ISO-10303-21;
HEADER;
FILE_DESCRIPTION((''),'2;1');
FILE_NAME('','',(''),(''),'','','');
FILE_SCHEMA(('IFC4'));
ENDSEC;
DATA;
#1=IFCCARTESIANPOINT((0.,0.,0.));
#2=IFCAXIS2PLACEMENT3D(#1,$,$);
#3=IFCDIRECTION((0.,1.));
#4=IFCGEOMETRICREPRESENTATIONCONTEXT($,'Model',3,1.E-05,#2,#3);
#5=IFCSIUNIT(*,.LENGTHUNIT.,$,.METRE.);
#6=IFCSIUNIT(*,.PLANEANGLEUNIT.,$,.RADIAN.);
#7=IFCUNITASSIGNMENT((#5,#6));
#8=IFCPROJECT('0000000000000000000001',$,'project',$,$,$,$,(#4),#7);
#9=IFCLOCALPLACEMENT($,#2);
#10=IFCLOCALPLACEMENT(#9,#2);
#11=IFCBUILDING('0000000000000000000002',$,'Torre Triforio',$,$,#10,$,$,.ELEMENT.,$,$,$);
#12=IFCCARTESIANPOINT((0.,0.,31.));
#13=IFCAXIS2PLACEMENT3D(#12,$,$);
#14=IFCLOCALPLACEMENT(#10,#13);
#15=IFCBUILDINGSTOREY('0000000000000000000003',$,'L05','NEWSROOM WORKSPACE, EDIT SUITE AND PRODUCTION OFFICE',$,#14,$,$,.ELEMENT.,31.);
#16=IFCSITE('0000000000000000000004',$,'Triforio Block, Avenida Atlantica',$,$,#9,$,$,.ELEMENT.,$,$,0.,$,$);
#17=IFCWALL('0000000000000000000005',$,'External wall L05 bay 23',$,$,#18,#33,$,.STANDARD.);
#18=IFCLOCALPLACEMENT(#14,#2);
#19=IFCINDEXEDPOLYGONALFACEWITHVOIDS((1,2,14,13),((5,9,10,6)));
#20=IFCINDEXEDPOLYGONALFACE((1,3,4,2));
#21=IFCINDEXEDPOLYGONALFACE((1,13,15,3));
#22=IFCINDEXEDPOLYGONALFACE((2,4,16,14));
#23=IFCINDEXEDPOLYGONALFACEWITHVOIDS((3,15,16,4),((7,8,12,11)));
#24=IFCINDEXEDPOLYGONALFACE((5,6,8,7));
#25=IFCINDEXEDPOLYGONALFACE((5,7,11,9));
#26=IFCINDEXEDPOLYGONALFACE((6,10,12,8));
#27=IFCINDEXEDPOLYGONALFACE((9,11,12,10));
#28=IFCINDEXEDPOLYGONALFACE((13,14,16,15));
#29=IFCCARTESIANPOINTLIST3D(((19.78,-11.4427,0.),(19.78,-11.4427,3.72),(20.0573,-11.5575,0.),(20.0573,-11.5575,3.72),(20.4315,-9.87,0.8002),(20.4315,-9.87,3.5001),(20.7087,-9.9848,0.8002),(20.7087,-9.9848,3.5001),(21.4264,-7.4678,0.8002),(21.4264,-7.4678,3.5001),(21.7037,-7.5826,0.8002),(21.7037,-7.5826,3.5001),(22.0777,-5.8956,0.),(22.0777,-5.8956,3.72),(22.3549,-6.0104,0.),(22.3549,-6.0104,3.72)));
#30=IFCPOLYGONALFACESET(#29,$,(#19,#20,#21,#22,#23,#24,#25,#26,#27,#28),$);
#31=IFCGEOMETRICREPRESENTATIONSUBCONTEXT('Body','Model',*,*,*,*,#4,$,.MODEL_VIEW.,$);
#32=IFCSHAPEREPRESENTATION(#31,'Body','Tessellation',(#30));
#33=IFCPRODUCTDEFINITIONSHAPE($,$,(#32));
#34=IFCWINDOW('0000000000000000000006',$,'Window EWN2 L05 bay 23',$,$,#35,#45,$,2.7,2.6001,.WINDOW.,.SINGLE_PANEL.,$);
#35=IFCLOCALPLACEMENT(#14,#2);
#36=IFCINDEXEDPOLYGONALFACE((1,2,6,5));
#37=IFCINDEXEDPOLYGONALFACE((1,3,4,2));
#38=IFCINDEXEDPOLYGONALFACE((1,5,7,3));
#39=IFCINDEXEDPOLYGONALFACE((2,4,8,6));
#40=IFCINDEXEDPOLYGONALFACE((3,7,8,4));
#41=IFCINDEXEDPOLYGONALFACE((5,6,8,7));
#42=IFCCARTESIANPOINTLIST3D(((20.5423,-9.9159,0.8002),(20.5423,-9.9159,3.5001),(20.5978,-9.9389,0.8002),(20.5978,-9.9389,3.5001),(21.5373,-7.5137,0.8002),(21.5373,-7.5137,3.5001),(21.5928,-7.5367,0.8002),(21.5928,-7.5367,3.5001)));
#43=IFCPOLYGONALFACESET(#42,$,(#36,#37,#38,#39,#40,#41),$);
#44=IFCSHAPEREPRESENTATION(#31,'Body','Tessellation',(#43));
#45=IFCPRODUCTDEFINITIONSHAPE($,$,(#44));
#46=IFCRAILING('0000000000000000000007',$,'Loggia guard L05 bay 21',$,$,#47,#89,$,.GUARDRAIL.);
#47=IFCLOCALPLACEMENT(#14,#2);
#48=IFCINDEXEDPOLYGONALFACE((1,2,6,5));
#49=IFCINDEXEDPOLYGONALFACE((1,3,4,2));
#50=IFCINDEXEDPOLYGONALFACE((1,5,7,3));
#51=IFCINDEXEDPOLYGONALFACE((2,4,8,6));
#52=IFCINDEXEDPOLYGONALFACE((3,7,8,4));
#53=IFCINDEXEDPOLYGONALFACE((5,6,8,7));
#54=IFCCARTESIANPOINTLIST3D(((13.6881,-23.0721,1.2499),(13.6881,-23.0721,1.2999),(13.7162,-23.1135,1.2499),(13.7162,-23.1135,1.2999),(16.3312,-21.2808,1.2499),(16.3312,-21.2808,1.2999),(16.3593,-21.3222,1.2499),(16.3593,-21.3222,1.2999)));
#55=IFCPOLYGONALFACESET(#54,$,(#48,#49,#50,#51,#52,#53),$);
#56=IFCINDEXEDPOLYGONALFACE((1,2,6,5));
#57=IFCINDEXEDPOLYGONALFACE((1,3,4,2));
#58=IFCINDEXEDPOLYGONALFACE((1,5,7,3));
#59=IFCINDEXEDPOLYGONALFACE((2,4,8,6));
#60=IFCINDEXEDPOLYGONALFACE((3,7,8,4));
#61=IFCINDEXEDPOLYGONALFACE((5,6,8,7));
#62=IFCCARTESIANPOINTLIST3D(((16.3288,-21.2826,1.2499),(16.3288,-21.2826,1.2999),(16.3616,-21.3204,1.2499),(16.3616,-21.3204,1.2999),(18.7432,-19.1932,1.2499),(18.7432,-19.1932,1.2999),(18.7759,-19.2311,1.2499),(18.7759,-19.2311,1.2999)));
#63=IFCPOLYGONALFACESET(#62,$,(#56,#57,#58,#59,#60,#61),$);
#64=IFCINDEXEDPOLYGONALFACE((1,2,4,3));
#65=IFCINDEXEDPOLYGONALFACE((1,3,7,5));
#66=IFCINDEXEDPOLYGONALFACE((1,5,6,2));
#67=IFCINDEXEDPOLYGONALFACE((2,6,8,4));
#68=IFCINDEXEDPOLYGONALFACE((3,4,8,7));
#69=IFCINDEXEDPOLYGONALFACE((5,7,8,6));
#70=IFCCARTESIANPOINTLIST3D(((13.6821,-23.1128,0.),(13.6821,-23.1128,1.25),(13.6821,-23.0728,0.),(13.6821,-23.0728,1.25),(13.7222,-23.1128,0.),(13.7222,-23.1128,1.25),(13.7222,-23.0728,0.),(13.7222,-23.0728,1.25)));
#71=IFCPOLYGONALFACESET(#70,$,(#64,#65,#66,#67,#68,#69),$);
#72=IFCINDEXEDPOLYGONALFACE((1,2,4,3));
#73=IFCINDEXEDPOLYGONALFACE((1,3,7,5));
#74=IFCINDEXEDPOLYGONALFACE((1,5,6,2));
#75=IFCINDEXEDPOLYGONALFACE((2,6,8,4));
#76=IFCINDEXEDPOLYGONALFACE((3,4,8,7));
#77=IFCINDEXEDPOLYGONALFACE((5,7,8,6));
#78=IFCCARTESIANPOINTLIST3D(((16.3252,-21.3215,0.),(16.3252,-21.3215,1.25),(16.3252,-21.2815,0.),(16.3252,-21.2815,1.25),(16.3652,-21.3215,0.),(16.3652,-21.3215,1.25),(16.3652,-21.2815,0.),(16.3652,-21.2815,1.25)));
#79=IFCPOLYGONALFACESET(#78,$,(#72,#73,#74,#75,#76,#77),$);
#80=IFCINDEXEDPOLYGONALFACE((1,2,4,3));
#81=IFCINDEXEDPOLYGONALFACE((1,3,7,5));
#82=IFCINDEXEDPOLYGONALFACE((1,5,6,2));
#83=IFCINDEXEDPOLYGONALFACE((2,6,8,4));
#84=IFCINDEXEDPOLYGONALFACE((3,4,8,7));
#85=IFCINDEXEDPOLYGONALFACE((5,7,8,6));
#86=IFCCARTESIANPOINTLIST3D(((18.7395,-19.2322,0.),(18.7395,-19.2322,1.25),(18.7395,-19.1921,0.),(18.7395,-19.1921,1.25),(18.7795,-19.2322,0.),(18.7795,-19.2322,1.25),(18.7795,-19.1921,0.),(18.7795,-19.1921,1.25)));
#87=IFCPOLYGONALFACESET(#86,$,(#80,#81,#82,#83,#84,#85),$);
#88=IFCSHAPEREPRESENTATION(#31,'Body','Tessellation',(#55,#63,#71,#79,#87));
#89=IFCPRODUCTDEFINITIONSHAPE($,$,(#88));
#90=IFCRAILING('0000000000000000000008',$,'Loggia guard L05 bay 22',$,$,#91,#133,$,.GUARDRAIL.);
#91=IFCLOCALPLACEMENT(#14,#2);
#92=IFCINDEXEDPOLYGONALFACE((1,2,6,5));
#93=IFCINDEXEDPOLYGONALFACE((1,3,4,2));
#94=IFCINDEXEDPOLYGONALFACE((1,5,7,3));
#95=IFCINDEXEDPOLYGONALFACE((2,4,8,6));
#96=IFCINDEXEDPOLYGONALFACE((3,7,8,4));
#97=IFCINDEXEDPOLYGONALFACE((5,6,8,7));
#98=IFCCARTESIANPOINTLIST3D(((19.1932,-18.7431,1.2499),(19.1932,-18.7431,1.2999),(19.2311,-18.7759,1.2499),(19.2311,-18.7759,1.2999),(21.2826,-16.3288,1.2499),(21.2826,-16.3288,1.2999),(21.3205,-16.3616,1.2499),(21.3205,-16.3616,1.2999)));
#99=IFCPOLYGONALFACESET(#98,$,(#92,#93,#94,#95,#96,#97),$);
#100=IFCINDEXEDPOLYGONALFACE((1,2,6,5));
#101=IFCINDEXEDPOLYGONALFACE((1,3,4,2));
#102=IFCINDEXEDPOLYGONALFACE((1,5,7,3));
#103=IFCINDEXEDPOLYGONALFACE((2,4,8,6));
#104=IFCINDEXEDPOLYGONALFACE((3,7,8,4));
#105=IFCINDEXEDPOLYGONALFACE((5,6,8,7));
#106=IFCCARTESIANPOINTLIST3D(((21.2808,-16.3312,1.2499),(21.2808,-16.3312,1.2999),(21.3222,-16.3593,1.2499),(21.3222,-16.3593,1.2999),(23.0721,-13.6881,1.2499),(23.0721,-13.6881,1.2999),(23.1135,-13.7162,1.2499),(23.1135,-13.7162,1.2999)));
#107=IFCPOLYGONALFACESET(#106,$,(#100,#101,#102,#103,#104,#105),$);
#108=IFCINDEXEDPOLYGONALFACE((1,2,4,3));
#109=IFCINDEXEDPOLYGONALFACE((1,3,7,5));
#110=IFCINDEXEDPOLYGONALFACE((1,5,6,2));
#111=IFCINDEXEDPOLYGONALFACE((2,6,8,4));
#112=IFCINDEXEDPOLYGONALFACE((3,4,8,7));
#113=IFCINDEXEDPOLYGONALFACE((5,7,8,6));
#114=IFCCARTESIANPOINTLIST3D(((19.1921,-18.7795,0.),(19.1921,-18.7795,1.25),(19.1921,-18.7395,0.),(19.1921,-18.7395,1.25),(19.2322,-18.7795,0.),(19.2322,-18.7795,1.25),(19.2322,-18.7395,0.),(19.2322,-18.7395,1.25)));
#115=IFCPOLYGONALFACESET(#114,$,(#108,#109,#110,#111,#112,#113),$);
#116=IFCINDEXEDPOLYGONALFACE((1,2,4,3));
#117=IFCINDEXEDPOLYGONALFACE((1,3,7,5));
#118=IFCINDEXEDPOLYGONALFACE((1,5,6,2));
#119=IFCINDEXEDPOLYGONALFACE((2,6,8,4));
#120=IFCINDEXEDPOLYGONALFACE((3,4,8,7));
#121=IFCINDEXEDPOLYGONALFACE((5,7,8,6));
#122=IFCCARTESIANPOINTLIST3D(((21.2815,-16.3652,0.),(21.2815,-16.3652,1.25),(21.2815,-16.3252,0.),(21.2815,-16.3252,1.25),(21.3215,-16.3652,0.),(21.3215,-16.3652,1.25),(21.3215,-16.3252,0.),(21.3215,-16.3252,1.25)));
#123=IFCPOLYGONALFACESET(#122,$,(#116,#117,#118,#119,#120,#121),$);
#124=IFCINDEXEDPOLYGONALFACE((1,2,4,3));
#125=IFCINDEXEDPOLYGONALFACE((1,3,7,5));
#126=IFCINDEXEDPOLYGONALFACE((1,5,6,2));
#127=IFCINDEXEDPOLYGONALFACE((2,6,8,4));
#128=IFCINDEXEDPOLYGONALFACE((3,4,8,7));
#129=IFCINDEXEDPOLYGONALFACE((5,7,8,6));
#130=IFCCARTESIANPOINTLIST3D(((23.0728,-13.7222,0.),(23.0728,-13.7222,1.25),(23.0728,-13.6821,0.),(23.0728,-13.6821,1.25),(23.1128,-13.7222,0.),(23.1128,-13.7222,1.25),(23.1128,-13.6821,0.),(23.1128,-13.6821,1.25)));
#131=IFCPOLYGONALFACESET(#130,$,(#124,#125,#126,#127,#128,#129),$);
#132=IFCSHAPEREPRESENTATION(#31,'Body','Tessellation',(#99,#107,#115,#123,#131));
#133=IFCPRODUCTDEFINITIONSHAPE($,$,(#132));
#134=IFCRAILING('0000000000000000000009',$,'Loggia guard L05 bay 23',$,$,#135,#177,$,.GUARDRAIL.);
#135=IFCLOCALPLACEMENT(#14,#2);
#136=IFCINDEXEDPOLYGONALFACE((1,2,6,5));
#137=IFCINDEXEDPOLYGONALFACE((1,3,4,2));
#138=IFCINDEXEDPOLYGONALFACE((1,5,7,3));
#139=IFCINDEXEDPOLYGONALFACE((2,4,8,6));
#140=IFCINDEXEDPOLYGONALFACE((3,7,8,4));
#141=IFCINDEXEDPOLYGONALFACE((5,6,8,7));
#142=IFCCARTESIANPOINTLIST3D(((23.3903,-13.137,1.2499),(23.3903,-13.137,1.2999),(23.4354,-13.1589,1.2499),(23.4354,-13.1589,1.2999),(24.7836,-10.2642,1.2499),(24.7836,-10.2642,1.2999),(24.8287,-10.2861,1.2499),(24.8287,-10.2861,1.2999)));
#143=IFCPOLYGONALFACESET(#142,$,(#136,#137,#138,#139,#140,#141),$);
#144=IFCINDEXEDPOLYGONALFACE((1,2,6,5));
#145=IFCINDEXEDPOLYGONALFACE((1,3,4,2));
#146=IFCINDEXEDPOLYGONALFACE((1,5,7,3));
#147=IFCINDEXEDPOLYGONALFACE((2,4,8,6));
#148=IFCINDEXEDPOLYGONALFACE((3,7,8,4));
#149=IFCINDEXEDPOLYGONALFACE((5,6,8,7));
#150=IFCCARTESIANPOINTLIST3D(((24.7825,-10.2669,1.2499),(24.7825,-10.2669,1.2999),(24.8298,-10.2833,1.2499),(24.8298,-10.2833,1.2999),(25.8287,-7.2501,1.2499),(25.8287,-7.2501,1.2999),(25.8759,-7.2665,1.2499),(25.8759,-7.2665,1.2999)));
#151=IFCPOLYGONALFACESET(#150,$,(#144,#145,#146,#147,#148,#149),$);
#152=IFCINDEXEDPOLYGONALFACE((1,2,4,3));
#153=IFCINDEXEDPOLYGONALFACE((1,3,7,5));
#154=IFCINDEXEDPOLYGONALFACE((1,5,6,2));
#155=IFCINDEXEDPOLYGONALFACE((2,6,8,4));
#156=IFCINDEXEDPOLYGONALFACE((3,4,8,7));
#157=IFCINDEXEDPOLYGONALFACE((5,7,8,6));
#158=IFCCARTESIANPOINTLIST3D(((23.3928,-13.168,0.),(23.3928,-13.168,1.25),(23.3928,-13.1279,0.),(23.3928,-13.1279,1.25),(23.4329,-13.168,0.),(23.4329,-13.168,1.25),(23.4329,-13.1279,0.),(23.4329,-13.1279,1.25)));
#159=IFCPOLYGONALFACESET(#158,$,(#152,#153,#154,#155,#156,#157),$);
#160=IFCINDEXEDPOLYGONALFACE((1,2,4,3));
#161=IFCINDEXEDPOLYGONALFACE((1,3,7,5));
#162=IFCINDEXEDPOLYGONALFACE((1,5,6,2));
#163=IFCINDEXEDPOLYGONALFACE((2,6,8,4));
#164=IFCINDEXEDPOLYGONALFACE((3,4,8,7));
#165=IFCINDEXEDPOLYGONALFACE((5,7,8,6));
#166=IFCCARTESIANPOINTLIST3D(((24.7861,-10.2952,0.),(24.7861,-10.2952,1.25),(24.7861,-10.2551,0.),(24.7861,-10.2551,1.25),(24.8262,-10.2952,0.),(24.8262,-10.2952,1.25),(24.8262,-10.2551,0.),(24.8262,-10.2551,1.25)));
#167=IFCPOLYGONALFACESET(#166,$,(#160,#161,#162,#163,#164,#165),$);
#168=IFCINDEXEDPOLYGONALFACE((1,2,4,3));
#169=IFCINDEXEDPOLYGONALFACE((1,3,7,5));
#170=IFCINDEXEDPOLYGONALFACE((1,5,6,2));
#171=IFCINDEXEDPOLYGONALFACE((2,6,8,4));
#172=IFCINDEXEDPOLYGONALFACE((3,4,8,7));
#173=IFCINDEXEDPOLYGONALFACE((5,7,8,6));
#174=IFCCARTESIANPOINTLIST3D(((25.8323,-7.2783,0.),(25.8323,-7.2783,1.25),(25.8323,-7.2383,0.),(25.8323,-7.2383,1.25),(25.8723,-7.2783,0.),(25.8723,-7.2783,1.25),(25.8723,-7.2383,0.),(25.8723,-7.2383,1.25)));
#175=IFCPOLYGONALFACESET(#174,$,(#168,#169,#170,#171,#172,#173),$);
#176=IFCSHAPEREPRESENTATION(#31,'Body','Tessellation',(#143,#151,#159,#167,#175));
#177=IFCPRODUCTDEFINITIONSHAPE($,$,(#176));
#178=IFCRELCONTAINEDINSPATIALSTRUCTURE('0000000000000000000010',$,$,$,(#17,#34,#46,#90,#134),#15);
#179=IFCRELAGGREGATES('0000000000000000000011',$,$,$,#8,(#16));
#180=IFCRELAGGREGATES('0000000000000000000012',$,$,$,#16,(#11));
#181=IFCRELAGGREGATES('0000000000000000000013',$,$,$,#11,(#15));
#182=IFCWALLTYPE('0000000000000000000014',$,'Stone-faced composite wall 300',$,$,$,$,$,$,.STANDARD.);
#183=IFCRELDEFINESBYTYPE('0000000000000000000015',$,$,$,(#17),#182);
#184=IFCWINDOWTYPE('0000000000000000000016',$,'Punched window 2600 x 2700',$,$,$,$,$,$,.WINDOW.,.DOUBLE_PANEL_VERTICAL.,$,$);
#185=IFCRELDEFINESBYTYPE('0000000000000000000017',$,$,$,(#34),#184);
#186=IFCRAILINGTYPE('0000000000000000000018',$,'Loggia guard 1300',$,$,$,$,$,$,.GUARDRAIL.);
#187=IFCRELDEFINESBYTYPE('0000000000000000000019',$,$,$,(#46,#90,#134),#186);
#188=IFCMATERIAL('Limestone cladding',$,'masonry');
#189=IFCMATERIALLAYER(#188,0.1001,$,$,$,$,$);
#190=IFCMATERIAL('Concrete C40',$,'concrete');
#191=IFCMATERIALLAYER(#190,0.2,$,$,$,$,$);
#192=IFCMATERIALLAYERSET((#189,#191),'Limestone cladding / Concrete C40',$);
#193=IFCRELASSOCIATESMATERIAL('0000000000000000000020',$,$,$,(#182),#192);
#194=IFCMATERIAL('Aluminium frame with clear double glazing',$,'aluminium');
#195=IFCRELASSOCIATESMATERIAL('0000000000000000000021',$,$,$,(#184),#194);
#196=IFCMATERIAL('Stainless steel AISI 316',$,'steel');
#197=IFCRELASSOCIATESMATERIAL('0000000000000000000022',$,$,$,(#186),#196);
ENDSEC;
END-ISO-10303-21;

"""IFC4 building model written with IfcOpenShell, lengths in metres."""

from ifc_helpers import new_model, si_unit, direction, frame, frame_2d, origin, origin_2d, place, context, subcontext, project, spatial, rectangle, extrude, material, layer, layer_set, type_object, element, fill, save


model = new_model("IFC4")

# Units and contexts
model_context = context("Model", 3, precision=1e-05, world=origin(), true_north=direction((0.0, 1.0)))
body_context = subcontext(model_context, "Body", "Model", "MODEL_VIEW")
ifc_project = project(units=[si_unit("LENGTHUNIT", "METRE"), si_unit("PLANEANGLEUNIT", "RADIAN")], contexts=[model_context])

# Site, building, storey
site_placement = place(None, origin())
site = spatial("IfcSite", under=ifc_project, at=site_placement, Name="Triforio Block, Avenida Atlantica", CompositionType="ELEMENT", RefElevation=0.0)
building_placement = place(site_placement, origin())
building = spatial("IfcBuilding", under=site, at=building_placement, Name="Torre Triforio", CompositionType="ELEMENT")
storey_placement = place(building_placement, frame((0.0, 0.0, 31.0)))
storey = spatial("IfcBuildingStorey", under=building, at=storey_placement, Name="L05", Description="NEWSROOM WORKSPACE, EDIT SUITE AND PRODUCTION OFFICE", CompositionType="ELEMENT", Elevation=31.0)

# Shared definitions
ifc_material_1 = material(Name="Limestone cladding", Category="masonry")
ifc_material_2 = material(Name="Concrete C40", Category="concrete")

# Shared definitions
ifc_layer_1 = layer(ifc_material_1, 0.1001)
ifc_layer_2 = layer(ifc_material_2, 0.2)
ifc_layer_set_1 = layer_set([ifc_layer_1, ifc_layer_2], Name="Limestone cladding / Concrete C40")
wall_type_1 = type_object("IfcWallType", Name="Stone-faced composite wall 300", PredefinedType="STANDARD", material=ifc_layer_set_1)
ifc_material_3 = material(Name="Aluminium frame with clear double glazing", Category="aluminium")

# Wall, opening, window
wall_1_placement = place(storey_placement, frame((19.9187, -11.5, 0.0), z_axis=(0.0, 0.0, 1.0), x_axis=(0.382671, 0.923885, 0.0)))
wall_1 = element("IfcWall", 1, at=wall_1_placement, inside=storey, type_object=wall_type_1, Name="External wall L05 bay 23", PredefinedType="STANDARD", context=body_context, shape_type="SweptSolid", body=[
    extrude(rectangle(XDim=6.0042, YDim=0.3, at=frame_2d((3.002, 0.0))), origin(), (0.0, 0.0, 1.0), 3.72),
])
opening_1_placement = place(wall_1_placement, frame((1.7021, 0.0, 0.8)))
opening_1 = element("IfcOpeningElement", 2, at=opening_1_placement, cuts=wall_1, PredefinedType="OPENING", context=body_context, shape_type="SweptSolid", body=[
    extrude(rectangle(XDim=2.6001, YDim=2.7, at=frame_2d((1.3, 1.3501))), frame((0.0, 0.1599, 0.0), z_axis=(0.0, -1.0, 0.0), x_axis=(1.0, 0.0, 0.0)), (0.0, 0.0, 1.0), 0.3201),
])
window_type_1 = type_object("IfcWindowType", Name="Punched window 2600 x 2700", PartitioningType="DOUBLE_PANEL_VERTICAL", PredefinedType="WINDOW", material=ifc_material_3)
window_1_placement = place(opening_1_placement, origin())
window_1 = element("IfcWindow", 3, at=window_1_placement, inside=storey, type_object=window_type_1, Name="Window EWN2 L05 bay 23", OverallHeight=2.7, OverallWidth=2.6001, PartitioningType="SINGLE_PANEL", PredefinedType="WINDOW", context=body_context, shape_type="SweptSolid", body=[
    extrude(rectangle(XDim=2.6001, YDim=2.7, at=frame_2d((1.3, 1.3501))), frame((0.0, 0.03, 0.0), z_axis=(0.0, -1.0, 0.0), x_axis=(1.0, 0.0, 0.0)), (0.0, 0.0, 1.0), 0.0601),
])
fill(opening_1, window_1)

# Railings
ifc_material_4 = material(Name="Stainless steel AISI 316", Category="steel")
railing_type = type_object("IfcRailingType", Name="Loggia guard 1300", PredefinedType="GUARDRAIL", material=ifc_material_4)
railing_1_placement = place(storey_placement, frame((13.7021, -23.0928, 0.0)))
element("IfcRailing", 4, at=railing_1_placement, inside=storey, type_object=railing_type, Name="Loggia guard L05 bay 21", PredefinedType="GUARDRAIL", context=body_context, shape_type="SweptSolid", body=[
    extrude(rectangle(XDim=0.05, YDim=0.05, at=origin_2d()), frame((0.0, 0.0, 1.2749), z_axis=(0.827803, 0.561019, 0.0), x_axis=(-0.561019, 0.827803, 0.0)), (0.0, 0.0, 1.0), 3.1929),
    extrude(rectangle(XDim=0.05, YDim=0.05, at=origin_2d()), frame((2.6431, 1.7913, 1.2749), z_axis=(0.756161, 0.654386, 0.0), x_axis=(-0.654386, 0.756161, 0.0)), (0.0, 0.0, 1.0), 3.1929),
    extrude(rectangle(XDim=0.04, YDim=0.04, at=origin_2d()), origin(), (0.0, 0.0, 1.0), 1.25),
    extrude(rectangle(XDim=0.04, YDim=0.04, at=origin_2d()), frame((2.6431, 1.7913, 0.0)), (0.0, 0.0, 1.0), 1.25),
    extrude(rectangle(XDim=0.04, YDim=0.04, at=origin_2d()), frame((5.0574, 3.8806, 0.0)), (0.0, 0.0, 1.0), 1.25),
])
railing_2_placement = place(storey_placement, frame((19.2122, -18.7595, 0.0)))
element("IfcRailing", 5, at=railing_2_placement, inside=storey, type_object=railing_type, Name="Loggia guard L05 bay 22", PredefinedType="GUARDRAIL", context=body_context, shape_type="SweptSolid", body=[
    extrude(rectangle(XDim=0.05, YDim=0.05, at=origin_2d()), frame((0.0, 0.0, 1.2749), z_axis=(0.654386, 0.756161, 0.0), x_axis=(-0.756161, 0.654386, 0.0)), (0.0, 0.0, 1.0), 3.1929),
    extrude(rectangle(XDim=0.05, YDim=0.05, at=origin_2d()), frame((2.0894, 2.4143, 1.2749), z_axis=(0.561019, 0.827803, 0.0), x_axis=(-0.827803, 0.561019, 0.0)), (0.0, 0.0, 1.0), 3.1929),
    extrude(rectangle(XDim=0.04, YDim=0.04, at=origin_2d()), origin(), (0.0, 0.0, 1.0), 1.25),
    extrude(rectangle(XDim=0.04, YDim=0.04, at=origin_2d()), frame((2.0894, 2.4143, 0.0)), (0.0, 0.0, 1.0), 1.25),
    extrude(rectangle(XDim=0.04, YDim=0.04, at=origin_2d()), frame((3.8806, 5.0574, 0.0)), (0.0, 0.0, 1.0), 1.25),
])
railing_3_placement = place(storey_placement, frame((23.4128, -13.1479, 0.0)))
element("IfcRailing", 6, at=railing_3_placement, inside=storey, type_object=railing_type, Name="Loggia guard L05 bay 23", PredefinedType="GUARDRAIL", context=body_context, shape_type="SweptSolid", body=[
    extrude(rectangle(XDim=0.05, YDim=0.05, at=origin_2d()), frame((0.0, 0.0, 1.2749), z_axis=(0.436384, 0.89976, 0.0), x_axis=(-0.89976, 0.436384, 0.0)), (0.0, 0.0, 1.0), 3.1929),
    extrude(rectangle(XDim=0.05, YDim=0.05, at=origin_2d()), frame((1.3933, 2.8728, 1.2749), z_axis=(0.327628, 0.944807, 0.0), x_axis=(-0.944807, 0.327628, 0.0)), (0.0, 0.0, 1.0), 3.1931),
    extrude(rectangle(XDim=0.04, YDim=0.04, at=origin_2d()), origin(), (0.0, 0.0, 1.0), 1.25),
    extrude(rectangle(XDim=0.04, YDim=0.04, at=origin_2d()), frame((1.3933, 2.8728, 0.0)), (0.0, 0.0, 1.0), 1.25),
    extrude(rectangle(XDim=0.04, YDim=0.04, at=origin_2d()), frame((2.4395, 5.8896, 0.0)), (0.0, 0.0, 1.0), 1.25),
])

save(model, "model.ifc")
